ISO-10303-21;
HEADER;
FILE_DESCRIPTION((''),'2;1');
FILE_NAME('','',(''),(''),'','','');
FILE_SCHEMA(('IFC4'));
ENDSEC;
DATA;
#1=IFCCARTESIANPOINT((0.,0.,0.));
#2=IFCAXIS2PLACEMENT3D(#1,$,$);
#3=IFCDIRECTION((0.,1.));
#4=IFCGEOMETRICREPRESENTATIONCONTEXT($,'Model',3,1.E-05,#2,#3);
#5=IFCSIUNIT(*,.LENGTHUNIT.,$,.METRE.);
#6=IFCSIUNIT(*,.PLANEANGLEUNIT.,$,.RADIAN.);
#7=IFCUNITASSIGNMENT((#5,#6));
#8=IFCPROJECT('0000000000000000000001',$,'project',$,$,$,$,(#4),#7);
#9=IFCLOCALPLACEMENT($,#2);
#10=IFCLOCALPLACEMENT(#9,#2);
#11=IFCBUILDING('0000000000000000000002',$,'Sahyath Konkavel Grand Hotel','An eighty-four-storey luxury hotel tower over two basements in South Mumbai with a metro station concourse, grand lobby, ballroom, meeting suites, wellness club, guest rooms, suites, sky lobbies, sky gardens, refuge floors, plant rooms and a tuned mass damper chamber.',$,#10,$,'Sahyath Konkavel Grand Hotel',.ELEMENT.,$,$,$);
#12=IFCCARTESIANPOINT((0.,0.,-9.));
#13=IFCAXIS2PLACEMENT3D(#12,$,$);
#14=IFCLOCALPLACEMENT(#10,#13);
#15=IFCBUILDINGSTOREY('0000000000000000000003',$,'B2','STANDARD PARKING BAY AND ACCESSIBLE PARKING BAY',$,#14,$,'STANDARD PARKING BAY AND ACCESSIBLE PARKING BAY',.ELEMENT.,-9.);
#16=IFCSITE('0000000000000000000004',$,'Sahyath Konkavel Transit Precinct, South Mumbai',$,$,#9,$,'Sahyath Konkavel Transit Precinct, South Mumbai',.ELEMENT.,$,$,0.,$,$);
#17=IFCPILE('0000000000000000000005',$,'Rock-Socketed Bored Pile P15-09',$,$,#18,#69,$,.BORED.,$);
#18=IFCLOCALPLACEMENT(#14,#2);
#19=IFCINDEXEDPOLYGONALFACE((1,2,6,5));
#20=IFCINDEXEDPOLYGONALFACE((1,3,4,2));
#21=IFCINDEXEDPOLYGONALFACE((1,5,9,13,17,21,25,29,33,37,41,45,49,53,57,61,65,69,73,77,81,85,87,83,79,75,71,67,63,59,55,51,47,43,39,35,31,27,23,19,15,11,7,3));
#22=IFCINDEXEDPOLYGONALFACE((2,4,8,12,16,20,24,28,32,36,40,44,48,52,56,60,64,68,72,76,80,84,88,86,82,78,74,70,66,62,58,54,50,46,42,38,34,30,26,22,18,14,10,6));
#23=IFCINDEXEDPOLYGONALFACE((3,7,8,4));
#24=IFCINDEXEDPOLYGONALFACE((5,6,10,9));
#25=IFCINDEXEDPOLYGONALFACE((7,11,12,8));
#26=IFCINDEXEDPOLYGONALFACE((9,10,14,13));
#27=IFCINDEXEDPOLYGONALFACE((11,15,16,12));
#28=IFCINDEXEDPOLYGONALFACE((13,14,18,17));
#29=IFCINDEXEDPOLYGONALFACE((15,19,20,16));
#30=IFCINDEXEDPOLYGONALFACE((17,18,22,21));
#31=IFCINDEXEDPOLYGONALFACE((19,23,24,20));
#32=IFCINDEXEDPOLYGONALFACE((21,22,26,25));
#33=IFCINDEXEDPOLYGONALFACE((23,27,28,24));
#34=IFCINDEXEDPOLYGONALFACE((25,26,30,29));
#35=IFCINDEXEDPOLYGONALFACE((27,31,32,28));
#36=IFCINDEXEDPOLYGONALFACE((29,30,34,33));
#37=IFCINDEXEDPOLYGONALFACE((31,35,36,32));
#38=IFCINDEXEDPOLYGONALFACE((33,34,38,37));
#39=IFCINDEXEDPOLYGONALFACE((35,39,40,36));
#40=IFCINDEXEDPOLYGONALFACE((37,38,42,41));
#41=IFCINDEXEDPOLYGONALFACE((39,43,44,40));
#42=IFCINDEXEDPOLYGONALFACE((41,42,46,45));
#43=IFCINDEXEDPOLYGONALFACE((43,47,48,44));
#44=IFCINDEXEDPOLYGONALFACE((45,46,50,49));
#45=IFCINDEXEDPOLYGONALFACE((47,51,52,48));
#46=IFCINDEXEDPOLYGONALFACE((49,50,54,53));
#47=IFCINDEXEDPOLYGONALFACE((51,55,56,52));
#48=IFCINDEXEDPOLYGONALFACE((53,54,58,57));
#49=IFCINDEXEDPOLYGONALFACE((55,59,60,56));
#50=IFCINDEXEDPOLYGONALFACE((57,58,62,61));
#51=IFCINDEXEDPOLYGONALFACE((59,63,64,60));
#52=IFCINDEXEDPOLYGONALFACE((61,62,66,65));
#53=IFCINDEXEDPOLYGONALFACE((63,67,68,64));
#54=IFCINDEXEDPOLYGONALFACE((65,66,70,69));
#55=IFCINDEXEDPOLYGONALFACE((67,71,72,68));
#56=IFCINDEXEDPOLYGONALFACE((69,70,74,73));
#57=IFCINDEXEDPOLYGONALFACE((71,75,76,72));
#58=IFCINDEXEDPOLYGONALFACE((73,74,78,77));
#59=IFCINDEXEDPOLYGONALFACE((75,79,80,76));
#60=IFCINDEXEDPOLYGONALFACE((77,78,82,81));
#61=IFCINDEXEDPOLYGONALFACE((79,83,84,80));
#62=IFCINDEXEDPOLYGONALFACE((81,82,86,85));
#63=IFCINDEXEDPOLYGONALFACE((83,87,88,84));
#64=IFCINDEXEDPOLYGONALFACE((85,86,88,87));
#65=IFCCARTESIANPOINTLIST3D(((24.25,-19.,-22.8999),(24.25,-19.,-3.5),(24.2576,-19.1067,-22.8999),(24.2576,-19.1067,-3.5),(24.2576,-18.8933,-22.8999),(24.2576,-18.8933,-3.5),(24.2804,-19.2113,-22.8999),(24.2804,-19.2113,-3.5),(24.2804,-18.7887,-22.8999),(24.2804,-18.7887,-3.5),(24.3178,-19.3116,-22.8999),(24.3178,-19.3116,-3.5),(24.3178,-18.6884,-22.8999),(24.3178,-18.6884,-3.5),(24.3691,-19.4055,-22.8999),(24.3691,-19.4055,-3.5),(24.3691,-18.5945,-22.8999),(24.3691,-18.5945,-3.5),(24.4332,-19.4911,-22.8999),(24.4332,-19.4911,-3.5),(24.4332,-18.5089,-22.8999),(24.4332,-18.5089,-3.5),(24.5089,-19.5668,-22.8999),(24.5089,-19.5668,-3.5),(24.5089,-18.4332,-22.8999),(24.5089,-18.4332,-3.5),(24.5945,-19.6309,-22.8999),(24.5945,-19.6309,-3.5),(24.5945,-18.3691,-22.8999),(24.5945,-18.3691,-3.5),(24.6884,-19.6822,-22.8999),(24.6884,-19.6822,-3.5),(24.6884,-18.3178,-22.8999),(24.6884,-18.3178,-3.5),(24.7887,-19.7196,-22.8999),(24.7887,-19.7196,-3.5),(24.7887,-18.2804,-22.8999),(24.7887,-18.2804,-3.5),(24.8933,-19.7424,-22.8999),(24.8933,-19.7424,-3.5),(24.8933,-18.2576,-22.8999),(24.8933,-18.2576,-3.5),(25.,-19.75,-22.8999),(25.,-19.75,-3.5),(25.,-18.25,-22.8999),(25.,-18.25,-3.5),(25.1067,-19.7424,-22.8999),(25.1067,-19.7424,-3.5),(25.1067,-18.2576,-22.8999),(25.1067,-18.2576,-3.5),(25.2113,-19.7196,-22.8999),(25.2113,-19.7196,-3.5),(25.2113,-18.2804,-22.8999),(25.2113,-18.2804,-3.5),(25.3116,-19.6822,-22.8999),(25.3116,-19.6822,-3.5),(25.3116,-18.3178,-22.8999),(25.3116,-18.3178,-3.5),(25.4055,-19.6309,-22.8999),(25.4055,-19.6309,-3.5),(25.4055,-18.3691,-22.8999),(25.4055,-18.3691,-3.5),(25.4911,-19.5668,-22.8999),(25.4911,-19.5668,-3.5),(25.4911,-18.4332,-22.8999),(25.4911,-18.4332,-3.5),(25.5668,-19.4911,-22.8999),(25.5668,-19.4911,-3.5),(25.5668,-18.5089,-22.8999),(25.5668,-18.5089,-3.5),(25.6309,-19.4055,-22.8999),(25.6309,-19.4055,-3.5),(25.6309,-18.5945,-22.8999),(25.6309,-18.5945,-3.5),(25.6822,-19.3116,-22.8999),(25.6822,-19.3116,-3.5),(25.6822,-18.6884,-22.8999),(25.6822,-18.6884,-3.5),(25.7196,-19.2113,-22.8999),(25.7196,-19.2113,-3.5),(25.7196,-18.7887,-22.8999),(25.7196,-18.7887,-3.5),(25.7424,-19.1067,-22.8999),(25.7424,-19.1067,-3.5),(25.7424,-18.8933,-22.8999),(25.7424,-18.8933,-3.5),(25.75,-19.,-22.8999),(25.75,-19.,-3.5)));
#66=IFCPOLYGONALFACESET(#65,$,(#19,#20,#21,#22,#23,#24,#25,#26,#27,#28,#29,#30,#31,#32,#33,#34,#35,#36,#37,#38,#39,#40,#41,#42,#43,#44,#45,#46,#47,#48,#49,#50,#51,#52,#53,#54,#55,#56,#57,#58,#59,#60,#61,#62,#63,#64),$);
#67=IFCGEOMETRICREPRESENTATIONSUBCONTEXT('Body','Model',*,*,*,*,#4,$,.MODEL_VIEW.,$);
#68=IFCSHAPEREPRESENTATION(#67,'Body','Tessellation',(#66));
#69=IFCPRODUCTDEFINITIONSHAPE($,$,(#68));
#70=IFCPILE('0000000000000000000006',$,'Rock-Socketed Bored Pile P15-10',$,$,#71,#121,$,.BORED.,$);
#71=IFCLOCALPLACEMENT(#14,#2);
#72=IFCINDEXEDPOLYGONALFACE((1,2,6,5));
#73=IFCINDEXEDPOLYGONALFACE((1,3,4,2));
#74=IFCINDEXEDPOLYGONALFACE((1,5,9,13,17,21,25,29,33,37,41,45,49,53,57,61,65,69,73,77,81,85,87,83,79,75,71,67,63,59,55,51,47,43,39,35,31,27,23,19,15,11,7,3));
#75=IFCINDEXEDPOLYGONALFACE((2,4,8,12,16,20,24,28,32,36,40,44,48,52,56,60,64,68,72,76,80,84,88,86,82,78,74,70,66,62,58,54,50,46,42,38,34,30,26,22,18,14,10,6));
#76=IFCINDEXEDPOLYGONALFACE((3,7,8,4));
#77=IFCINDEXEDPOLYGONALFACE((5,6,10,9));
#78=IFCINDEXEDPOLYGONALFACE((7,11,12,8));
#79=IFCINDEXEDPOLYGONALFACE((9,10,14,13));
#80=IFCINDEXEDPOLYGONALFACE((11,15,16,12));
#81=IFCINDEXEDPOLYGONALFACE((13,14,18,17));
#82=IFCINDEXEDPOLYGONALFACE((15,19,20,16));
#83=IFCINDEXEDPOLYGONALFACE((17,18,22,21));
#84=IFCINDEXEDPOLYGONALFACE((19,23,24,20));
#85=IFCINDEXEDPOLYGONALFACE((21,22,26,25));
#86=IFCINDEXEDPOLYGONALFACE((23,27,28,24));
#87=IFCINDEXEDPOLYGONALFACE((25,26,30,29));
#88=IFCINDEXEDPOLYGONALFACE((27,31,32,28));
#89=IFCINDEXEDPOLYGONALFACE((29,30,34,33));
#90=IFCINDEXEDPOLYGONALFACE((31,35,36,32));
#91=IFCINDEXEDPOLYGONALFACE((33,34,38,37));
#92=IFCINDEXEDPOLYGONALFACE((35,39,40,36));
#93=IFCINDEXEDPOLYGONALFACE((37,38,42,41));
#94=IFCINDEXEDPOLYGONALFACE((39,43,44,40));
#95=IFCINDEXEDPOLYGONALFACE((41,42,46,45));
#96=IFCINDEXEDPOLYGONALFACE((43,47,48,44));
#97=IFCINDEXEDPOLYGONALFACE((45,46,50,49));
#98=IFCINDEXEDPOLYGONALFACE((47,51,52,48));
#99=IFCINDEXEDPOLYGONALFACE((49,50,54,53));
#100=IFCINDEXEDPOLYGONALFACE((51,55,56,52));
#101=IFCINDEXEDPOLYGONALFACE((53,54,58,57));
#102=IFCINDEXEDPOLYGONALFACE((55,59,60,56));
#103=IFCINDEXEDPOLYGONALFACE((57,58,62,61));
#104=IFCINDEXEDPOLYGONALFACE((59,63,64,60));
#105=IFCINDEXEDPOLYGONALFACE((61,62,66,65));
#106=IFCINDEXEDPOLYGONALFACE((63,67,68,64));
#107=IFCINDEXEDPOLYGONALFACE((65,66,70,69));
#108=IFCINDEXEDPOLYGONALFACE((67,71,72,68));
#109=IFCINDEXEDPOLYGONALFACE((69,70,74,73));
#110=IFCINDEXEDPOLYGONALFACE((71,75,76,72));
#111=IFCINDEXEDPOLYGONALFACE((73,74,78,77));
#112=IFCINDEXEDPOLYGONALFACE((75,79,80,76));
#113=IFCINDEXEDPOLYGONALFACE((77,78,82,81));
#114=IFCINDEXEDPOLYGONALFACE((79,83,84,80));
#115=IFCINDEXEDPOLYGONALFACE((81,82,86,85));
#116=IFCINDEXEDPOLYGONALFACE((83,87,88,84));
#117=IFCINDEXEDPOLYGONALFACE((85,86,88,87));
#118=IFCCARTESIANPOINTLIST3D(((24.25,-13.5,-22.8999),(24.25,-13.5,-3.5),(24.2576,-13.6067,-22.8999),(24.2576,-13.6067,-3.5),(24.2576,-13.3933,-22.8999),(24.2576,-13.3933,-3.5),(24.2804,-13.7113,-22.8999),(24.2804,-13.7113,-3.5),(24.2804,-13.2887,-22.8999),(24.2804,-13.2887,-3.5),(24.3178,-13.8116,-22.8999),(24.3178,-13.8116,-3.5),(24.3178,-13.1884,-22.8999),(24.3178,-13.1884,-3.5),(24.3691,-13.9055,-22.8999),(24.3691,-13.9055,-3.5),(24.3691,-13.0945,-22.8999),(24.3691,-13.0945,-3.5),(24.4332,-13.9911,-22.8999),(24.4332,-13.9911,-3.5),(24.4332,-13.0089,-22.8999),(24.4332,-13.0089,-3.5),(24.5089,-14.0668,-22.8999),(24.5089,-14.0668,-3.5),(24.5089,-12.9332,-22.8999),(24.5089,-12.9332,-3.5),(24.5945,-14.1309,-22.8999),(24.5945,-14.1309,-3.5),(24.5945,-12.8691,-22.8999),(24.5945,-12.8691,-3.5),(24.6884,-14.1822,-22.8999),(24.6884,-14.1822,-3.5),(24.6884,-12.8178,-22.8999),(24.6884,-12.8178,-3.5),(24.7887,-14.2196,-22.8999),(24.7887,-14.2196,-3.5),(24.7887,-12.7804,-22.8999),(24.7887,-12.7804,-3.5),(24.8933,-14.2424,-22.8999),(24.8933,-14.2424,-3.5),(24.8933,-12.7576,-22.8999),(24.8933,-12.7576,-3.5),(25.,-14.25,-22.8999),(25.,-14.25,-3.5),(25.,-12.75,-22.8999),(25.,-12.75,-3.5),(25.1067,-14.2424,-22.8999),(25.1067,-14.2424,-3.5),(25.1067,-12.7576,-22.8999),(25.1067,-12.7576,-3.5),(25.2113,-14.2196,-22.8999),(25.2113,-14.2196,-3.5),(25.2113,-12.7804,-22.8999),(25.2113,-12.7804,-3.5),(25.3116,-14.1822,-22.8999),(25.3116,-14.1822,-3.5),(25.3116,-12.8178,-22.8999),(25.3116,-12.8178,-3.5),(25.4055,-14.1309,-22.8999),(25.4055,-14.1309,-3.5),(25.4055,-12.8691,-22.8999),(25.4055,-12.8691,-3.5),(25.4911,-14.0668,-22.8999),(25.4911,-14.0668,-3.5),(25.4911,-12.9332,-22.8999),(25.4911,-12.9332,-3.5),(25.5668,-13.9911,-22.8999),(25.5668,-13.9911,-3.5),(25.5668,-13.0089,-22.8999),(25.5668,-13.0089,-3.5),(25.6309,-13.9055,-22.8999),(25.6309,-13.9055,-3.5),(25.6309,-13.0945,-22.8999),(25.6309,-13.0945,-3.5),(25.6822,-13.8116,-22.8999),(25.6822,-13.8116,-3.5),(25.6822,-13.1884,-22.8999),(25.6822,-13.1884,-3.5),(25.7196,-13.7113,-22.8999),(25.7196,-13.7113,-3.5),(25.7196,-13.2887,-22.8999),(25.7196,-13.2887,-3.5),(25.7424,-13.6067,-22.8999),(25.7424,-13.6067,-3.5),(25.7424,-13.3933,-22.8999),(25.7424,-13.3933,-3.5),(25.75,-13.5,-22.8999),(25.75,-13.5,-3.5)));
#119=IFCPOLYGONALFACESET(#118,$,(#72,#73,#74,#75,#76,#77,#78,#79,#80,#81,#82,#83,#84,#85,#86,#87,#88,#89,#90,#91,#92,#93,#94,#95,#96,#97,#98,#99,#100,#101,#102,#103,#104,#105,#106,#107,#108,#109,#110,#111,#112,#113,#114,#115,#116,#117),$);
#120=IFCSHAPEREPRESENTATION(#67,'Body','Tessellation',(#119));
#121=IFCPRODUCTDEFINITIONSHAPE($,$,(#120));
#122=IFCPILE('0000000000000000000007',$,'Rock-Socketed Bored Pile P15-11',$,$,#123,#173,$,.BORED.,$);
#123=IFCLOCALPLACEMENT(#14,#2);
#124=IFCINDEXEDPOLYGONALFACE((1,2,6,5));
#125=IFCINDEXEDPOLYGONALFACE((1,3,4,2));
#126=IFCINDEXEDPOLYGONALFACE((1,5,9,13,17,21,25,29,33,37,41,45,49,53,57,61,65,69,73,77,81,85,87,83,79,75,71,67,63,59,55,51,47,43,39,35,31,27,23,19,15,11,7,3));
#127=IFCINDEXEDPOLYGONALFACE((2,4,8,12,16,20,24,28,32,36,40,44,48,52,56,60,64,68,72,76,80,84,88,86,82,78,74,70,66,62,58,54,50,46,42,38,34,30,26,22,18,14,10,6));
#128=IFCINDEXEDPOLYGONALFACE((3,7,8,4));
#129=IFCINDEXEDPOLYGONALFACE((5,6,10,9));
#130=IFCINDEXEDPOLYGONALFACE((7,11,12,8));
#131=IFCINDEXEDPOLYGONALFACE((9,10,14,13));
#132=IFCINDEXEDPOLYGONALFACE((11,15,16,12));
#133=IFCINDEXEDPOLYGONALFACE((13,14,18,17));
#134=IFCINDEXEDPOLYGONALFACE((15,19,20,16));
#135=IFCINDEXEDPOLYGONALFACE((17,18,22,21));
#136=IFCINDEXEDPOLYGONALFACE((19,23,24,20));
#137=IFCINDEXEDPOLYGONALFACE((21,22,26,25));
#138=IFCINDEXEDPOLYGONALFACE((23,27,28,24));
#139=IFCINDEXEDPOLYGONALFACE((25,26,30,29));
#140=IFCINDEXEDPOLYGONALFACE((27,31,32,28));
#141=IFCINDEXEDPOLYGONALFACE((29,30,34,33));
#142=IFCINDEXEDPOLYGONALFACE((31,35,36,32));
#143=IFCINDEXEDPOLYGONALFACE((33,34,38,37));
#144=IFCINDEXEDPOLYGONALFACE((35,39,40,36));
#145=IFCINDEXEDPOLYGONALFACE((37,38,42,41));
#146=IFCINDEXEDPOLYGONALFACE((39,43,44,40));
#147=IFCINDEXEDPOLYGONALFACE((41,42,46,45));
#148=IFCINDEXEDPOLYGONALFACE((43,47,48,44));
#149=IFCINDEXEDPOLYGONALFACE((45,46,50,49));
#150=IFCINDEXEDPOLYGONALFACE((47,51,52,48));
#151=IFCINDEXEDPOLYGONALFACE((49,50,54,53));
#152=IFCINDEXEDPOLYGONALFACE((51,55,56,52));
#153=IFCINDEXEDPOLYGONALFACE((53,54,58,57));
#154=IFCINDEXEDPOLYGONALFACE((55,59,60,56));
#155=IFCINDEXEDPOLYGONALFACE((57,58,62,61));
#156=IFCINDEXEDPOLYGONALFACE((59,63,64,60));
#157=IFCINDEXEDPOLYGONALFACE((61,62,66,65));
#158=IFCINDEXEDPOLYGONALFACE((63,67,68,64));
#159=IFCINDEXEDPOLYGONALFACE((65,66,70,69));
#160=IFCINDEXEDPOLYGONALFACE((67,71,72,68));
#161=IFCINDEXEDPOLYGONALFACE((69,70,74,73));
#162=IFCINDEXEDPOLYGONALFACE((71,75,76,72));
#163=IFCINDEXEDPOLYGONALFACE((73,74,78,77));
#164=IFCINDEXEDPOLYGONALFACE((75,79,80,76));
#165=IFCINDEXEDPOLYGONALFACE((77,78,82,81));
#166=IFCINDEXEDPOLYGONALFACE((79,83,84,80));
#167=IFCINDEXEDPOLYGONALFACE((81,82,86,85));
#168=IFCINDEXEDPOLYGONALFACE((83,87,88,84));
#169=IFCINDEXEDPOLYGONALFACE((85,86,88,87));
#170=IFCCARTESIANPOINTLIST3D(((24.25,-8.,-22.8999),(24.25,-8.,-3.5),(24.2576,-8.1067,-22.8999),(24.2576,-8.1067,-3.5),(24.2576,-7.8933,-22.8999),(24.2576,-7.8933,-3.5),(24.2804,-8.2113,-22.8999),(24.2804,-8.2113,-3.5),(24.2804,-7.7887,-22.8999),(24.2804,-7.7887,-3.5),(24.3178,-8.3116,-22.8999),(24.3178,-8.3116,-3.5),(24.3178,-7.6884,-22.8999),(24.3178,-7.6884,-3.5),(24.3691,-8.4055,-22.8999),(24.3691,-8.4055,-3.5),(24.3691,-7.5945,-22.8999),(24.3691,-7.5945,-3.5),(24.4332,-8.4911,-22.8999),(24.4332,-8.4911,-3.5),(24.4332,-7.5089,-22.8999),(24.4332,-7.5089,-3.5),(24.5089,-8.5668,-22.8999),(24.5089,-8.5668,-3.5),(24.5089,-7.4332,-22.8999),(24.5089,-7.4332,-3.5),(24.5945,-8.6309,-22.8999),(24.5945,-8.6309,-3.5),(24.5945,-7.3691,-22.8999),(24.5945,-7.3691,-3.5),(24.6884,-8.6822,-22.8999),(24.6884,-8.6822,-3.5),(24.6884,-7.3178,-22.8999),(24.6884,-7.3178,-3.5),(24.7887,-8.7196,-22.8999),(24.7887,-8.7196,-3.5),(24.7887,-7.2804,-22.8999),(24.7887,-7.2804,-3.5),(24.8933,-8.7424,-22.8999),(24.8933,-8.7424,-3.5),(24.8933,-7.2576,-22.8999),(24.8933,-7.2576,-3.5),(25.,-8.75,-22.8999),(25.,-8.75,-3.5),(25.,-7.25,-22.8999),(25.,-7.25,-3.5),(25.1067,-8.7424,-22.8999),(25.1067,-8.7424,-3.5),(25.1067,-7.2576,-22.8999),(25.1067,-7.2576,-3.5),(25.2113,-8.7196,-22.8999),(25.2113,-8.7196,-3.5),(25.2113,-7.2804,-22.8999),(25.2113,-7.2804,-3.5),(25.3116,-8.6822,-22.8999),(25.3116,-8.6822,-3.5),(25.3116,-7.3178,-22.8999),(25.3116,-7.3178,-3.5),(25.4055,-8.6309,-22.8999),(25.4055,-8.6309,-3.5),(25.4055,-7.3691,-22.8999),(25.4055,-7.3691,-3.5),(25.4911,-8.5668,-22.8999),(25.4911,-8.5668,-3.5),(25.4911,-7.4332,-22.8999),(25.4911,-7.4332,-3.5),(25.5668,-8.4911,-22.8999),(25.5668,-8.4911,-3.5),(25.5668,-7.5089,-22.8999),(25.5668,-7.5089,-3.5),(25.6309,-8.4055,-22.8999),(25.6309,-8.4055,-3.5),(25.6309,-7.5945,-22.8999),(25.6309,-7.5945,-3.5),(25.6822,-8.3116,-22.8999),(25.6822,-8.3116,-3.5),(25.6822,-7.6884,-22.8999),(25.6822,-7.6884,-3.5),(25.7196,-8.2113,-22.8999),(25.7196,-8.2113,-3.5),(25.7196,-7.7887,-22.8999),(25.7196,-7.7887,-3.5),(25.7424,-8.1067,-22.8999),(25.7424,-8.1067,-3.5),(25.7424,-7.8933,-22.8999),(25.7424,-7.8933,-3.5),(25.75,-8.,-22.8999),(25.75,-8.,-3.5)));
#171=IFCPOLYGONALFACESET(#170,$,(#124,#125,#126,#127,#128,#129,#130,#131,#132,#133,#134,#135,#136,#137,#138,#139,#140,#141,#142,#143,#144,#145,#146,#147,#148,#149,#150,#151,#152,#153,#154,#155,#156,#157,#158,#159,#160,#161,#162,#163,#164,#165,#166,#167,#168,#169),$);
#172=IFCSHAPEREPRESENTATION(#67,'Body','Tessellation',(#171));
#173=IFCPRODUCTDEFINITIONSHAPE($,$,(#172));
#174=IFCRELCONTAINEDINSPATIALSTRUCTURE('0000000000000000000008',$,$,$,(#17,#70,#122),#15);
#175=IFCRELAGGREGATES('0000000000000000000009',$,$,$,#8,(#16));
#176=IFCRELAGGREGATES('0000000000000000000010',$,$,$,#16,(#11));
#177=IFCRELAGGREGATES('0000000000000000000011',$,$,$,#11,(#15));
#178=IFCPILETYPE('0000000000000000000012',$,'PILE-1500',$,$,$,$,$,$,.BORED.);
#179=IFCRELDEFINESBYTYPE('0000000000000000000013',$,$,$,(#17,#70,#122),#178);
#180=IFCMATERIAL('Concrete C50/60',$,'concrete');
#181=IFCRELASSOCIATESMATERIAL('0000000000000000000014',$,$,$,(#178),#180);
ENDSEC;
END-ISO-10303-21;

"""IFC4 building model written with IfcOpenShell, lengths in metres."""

from ifc_helpers import new_model, si_unit, direction, frame, origin, origin_2d, place, context, subcontext, project, spatial, circle, extrude, material, material_profile, profile_set, type_object, element, save


model = new_model("IFC4")

# Units and contexts
model_context = context("Model", 3, precision=1e-05, world=origin(), true_north=direction((0.0, 1.0)))
body_context = subcontext(model_context, "Body", "Model", "MODEL_VIEW")
ifc_project = project(units=[si_unit("LENGTHUNIT", "METRE"), si_unit("PLANEANGLEUNIT", "RADIAN")], contexts=[model_context])

# Site, building, storey
site_placement = place(None, origin())
site = spatial("IfcSite", under=ifc_project, at=site_placement, Name="Sahyath Konkavel Transit Precinct, South Mumbai", LongName="Sahyath Konkavel Transit Precinct, South Mumbai", CompositionType="ELEMENT", RefElevation=0.0)
building_placement = place(site_placement, origin())
building = spatial("IfcBuilding", under=site, at=building_placement, Name="Sahyath Konkavel Grand Hotel", Description="An eighty-four-storey luxury hotel tower over two basements in South Mumbai with a metro station concourse, grand lobby, ballroom, meeting suites, wellness club, guest rooms, suites, sky lobbies, sky gardens, refuge floors, plant rooms and a tuned mass damper chamber.", LongName="Sahyath Konkavel Grand Hotel", CompositionType="ELEMENT")
storey_placement = place(building_placement, frame((0.0, 0.0, -9.0)))
storey = spatial("IfcBuildingStorey", under=building, at=storey_placement, Name="B2", Description="STANDARD PARKING BAY AND ACCESSIBLE PARKING BAY", LongName="STANDARD PARKING BAY AND ACCESSIBLE PARKING BAY", CompositionType="ELEMENT", Elevation=-9.0)

# Piles
ifc_material_1 = material(Name="Concrete C50/60", Category="concrete")
ifc_material_profile_1 = material_profile(ifc_material_1, circle(Radius=0.75, at=origin_2d()), Name="PILE D1500")
ifc_profile_set_1 = profile_set([ifc_material_profile_1], Name="Concrete C50/60")
pile_type = type_object("IfcPileType", Name="PILE-1500", PredefinedType="BORED", material=ifc_profile_set_1)
for number, where, z_axis, x_axis, name in (
    (1, (25.0, -19.0, -3.5), (0.0, 0.0, -1.0), (1.0, 0.0, 0.0), "Rock-Socketed Bored Pile P15-09"),
    (2, (25.0, -13.5, -3.5), (0.0, 0.0, -1.0), (1.0, 0.0, 0.0), "Rock-Socketed Bored Pile P15-10"),
    (3, (25.0, -8.0, -3.5), (0.0, 0.0, -1.0), (1.0, 0.0, 0.0), "Rock-Socketed Bored Pile P15-11"),
):
    element("IfcPile", number, at=place(storey_placement, frame(where, z_axis=z_axis, x_axis=x_axis)), inside=storey, type_object=pile_type, Name=name, PredefinedType="BORED", context=body_context, shape_type="SweptSolid", body=[
        extrude(circle(Radius=0.75, at=origin_2d()), origin(), (0.0, 0.0, 1.0), 19.3999),
    ])

save(model, "model.ifc")
